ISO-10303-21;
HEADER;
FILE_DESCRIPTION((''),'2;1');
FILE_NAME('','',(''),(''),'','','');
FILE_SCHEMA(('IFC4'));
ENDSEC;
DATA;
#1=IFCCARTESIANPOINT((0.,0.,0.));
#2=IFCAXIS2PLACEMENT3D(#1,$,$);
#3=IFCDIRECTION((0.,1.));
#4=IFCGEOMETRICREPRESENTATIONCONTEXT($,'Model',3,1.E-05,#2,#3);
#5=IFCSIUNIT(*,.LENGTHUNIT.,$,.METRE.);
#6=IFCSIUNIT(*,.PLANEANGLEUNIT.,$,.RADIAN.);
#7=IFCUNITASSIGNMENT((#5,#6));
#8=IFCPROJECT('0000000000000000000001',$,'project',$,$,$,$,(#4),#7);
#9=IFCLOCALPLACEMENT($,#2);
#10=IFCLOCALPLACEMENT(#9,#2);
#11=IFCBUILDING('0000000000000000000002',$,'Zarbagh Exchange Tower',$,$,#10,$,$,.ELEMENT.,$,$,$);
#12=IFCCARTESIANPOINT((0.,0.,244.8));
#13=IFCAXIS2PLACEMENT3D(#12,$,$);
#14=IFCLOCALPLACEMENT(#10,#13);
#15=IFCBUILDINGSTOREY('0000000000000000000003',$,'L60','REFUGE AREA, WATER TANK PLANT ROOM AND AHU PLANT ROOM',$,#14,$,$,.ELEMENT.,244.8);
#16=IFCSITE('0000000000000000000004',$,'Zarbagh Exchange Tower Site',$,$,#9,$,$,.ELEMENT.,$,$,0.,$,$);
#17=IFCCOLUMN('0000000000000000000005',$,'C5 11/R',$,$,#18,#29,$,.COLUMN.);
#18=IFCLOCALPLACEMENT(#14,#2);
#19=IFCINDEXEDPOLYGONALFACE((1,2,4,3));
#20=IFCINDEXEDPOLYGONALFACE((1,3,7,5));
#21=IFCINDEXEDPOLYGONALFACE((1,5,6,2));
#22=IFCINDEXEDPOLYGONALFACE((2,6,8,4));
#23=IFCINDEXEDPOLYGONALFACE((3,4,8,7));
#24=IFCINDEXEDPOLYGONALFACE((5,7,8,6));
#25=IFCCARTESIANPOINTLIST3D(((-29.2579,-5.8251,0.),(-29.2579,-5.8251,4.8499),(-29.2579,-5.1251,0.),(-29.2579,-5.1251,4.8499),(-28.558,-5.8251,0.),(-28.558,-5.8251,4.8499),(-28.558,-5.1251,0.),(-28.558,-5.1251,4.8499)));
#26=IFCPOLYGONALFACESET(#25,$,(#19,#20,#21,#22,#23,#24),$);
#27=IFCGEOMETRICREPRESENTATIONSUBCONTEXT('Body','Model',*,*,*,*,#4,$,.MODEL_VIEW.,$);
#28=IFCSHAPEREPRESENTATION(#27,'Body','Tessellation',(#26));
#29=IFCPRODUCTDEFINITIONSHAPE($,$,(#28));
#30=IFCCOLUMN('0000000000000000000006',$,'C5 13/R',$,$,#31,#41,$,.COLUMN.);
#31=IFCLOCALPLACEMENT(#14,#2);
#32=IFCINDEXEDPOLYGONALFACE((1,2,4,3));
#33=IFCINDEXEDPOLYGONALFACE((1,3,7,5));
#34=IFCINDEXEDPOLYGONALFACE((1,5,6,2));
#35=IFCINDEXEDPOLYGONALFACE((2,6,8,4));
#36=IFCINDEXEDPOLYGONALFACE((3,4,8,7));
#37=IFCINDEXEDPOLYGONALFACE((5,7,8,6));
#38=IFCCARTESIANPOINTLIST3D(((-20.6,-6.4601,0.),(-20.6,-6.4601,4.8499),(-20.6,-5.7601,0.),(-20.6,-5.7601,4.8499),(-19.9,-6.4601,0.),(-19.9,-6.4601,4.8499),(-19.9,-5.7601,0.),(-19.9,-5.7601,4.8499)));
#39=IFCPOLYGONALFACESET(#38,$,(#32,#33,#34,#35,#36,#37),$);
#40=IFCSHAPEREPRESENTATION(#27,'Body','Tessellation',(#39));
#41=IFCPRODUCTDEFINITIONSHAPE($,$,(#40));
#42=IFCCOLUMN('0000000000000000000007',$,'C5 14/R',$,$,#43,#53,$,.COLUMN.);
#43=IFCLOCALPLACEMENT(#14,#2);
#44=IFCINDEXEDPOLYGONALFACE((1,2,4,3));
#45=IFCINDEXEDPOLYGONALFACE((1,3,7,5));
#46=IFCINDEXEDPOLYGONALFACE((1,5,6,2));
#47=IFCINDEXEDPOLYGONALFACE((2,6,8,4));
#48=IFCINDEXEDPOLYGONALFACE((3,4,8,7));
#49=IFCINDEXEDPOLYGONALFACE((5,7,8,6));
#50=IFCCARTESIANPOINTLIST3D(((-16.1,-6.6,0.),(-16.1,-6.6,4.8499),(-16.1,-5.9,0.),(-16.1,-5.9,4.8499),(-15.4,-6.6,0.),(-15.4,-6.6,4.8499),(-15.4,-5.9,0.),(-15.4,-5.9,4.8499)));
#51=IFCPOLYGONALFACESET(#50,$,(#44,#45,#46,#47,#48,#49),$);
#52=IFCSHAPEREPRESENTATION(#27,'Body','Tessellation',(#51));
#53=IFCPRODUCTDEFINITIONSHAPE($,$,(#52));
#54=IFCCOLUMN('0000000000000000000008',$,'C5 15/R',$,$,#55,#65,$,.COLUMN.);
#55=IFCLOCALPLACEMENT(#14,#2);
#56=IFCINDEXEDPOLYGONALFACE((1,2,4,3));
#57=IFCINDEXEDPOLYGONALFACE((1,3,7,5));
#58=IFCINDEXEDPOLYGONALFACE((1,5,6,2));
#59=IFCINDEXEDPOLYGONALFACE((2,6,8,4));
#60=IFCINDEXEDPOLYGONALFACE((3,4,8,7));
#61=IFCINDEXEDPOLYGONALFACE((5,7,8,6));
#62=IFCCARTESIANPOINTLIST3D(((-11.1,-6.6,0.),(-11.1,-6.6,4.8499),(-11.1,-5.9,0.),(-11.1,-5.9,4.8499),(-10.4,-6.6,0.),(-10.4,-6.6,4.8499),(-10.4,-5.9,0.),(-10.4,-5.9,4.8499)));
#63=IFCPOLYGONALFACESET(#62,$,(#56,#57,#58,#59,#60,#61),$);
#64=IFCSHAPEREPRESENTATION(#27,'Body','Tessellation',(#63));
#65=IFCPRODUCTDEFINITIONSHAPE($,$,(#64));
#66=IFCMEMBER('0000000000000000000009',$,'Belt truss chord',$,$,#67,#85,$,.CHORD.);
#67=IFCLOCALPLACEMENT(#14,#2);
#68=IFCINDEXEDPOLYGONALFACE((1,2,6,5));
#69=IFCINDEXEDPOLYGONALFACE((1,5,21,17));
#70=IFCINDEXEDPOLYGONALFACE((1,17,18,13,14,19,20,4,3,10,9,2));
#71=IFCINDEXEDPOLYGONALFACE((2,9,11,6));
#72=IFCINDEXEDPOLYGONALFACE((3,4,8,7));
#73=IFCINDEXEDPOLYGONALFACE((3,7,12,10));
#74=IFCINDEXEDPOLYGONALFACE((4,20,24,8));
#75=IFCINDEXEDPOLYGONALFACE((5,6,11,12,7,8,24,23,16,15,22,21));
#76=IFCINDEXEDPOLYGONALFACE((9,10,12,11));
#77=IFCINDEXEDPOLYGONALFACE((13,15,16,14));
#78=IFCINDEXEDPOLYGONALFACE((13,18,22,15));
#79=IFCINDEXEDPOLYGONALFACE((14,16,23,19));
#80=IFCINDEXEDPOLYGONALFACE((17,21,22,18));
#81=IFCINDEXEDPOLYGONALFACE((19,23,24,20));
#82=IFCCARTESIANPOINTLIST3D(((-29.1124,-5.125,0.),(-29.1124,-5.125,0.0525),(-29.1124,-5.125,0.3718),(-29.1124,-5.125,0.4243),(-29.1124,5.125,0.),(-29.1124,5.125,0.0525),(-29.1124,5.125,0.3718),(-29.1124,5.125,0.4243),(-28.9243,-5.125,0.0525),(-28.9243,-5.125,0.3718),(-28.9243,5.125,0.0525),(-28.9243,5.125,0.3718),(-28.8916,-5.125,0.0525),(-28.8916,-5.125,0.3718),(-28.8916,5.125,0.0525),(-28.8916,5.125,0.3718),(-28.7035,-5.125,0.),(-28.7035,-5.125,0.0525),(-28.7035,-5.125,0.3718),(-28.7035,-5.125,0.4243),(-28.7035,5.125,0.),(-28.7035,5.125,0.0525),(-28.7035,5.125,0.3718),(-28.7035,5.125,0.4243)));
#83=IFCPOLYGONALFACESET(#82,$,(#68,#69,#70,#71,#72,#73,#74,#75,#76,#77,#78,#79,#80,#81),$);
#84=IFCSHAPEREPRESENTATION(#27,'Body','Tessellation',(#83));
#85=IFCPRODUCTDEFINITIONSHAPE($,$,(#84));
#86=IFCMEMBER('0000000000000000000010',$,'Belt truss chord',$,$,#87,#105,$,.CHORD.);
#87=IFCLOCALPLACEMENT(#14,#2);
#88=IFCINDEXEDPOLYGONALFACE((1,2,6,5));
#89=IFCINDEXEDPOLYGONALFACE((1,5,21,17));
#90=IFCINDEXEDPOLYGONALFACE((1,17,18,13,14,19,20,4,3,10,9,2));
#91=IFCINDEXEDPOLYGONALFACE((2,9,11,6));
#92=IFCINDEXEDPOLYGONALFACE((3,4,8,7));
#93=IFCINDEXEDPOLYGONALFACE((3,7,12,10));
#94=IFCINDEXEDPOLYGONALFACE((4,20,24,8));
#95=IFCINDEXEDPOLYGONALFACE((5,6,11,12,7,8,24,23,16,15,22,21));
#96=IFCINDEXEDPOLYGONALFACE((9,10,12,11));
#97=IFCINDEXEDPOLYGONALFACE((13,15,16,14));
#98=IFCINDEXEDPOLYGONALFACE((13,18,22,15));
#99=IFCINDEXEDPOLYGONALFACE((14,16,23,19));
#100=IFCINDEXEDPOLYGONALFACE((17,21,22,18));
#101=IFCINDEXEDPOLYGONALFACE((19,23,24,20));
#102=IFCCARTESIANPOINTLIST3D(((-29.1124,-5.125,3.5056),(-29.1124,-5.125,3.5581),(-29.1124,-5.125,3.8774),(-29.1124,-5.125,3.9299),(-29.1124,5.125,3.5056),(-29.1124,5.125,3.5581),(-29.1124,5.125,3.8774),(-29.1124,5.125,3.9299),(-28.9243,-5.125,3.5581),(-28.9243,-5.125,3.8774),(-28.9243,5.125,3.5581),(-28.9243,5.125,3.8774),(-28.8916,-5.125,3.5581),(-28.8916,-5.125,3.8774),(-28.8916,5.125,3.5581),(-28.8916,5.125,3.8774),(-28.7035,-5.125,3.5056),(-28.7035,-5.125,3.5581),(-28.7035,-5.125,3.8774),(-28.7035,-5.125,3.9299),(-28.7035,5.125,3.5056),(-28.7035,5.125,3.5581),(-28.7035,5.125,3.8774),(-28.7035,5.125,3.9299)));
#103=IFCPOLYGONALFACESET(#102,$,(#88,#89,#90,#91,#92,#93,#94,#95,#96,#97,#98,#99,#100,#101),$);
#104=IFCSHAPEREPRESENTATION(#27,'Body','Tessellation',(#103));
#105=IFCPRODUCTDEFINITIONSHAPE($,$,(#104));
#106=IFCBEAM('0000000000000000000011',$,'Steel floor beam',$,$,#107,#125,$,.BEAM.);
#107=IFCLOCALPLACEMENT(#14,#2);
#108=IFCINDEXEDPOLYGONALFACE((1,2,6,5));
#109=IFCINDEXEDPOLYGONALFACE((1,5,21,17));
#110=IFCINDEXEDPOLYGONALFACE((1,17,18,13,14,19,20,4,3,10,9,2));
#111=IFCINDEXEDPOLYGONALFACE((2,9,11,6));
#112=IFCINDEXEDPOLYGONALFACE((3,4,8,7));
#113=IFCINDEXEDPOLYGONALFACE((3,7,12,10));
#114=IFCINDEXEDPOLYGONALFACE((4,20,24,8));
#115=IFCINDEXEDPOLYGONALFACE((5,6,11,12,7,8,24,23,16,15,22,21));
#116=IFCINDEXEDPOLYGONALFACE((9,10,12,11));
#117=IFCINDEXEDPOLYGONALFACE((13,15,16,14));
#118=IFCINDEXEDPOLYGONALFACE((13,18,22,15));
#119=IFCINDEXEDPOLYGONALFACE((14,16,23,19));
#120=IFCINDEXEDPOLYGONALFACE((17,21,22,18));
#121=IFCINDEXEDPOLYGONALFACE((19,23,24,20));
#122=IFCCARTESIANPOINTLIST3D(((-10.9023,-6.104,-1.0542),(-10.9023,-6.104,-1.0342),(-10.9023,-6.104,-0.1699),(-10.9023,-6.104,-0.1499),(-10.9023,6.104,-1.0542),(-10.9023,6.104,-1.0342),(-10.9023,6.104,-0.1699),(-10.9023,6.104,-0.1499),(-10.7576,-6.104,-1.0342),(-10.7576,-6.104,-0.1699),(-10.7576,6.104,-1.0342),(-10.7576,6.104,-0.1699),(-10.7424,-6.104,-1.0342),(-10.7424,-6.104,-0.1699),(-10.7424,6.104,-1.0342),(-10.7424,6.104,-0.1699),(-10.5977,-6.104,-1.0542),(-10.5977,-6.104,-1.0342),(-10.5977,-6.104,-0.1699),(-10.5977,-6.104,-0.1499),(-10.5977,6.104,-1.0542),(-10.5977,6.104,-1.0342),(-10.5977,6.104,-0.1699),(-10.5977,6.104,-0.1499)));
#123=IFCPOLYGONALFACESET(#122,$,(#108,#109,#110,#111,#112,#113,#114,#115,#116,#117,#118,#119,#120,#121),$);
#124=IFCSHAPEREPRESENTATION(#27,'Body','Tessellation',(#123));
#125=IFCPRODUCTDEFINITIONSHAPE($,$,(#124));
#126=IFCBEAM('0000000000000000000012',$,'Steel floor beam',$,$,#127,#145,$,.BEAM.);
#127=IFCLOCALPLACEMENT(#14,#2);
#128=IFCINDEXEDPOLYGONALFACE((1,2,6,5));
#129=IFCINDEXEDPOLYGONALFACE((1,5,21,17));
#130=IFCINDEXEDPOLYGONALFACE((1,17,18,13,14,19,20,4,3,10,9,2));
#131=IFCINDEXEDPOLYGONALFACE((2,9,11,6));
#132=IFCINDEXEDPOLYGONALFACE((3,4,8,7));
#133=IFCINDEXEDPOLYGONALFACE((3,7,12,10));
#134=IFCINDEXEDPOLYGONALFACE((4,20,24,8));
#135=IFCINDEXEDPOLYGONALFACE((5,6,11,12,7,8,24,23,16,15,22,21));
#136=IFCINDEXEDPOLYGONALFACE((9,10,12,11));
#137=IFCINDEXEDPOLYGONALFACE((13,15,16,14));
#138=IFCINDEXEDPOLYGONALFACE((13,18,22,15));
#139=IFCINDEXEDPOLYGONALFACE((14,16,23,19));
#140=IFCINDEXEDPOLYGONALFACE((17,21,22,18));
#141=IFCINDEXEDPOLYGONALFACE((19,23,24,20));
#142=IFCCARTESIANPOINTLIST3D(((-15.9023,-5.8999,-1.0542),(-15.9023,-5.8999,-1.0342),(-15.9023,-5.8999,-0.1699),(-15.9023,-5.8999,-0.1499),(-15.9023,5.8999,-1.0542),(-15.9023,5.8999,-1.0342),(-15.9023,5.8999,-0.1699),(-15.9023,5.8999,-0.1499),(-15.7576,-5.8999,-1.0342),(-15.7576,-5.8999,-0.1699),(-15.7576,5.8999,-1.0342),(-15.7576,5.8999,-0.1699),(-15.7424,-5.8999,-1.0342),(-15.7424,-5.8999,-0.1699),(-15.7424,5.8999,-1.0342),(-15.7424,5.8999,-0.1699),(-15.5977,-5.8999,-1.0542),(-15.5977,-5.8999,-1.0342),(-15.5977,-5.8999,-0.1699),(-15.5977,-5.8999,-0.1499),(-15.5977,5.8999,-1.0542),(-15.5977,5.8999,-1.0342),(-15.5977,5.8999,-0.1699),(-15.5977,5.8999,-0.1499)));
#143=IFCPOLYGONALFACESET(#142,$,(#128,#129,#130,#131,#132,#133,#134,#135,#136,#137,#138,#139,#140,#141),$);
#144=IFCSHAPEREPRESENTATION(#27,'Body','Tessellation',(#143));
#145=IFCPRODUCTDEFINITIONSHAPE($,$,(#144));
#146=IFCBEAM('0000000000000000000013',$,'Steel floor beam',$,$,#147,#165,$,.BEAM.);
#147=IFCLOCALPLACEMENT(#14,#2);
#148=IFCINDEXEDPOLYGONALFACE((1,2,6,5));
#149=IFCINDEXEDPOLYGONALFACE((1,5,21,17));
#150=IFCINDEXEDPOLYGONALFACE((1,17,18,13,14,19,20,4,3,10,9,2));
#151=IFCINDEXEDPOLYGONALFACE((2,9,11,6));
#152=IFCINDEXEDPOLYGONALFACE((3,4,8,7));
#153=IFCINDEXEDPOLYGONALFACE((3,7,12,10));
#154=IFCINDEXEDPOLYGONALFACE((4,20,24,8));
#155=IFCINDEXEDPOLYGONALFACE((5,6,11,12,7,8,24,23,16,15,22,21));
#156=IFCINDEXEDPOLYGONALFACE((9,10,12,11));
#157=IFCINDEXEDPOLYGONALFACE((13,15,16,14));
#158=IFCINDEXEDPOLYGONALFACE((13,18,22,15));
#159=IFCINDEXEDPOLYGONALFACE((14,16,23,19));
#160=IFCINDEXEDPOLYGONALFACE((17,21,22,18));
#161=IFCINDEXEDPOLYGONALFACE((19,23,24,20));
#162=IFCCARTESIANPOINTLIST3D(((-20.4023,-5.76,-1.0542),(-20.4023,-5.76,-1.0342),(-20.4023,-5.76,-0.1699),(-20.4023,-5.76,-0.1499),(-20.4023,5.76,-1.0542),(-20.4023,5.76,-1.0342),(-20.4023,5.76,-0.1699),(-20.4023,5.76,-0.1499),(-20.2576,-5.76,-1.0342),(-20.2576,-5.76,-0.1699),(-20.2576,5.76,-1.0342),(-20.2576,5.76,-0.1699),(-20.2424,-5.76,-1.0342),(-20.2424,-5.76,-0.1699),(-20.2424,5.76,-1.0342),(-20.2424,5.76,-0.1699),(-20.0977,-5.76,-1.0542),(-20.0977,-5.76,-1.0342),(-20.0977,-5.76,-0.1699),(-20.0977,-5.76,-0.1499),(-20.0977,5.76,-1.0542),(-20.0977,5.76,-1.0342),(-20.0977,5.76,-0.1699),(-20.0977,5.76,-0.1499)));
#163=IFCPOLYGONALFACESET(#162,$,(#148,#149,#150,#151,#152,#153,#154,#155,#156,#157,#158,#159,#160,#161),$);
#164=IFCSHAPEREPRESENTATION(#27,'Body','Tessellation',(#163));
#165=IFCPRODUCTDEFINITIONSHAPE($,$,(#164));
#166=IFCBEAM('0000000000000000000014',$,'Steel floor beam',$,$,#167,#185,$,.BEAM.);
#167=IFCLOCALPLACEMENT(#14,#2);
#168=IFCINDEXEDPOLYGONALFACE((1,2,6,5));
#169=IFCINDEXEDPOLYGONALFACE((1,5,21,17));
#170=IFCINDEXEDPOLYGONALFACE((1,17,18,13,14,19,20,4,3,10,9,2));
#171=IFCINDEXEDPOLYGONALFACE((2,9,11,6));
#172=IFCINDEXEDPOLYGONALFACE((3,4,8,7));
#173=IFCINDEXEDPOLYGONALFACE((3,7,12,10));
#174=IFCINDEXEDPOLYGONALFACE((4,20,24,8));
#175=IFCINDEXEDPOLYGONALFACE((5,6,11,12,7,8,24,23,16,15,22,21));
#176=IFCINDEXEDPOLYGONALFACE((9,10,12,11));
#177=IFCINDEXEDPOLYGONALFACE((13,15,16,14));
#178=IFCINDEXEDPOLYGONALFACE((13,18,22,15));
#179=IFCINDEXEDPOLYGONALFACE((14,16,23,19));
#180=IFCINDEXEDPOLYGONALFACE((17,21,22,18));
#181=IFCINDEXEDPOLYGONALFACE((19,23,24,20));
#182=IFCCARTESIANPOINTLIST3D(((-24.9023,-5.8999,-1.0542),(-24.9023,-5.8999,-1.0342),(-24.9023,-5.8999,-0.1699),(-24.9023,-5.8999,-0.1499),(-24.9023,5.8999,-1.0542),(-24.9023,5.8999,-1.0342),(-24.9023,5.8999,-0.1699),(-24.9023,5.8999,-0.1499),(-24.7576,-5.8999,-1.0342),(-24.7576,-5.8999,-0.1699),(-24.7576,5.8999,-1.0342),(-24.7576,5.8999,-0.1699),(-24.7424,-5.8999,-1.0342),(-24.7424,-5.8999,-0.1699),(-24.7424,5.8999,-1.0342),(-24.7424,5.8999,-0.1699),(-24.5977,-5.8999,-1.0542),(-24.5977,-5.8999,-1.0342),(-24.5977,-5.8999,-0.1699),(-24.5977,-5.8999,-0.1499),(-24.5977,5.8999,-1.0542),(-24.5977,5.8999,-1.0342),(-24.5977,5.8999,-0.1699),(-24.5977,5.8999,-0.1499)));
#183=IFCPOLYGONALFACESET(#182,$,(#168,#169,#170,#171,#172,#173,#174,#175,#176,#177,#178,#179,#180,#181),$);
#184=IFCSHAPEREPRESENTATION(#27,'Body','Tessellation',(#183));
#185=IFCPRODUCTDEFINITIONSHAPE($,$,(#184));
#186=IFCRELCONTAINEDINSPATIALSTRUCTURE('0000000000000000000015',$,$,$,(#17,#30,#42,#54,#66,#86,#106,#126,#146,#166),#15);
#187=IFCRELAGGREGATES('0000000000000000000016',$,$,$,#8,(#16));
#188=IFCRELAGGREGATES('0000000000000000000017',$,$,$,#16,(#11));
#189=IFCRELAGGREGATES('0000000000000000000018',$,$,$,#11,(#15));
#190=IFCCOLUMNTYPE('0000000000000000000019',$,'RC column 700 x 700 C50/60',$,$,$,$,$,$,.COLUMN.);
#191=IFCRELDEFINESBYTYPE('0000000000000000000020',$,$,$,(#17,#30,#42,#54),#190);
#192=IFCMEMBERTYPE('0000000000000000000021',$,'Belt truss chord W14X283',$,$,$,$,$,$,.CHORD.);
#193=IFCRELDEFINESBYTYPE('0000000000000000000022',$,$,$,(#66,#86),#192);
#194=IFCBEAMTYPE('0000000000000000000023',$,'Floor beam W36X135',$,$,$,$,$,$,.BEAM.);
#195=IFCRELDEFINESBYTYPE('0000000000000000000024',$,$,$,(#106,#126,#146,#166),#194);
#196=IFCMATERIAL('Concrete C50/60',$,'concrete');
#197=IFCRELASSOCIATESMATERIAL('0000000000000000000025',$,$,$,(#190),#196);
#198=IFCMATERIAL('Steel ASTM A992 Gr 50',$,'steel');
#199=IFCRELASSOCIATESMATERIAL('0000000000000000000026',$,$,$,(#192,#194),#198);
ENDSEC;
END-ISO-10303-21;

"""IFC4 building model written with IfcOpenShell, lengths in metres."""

from ifc_helpers import new_model, si_unit, direction, frame, origin, origin_2d, place, context, subcontext, project, spatial, rectangle, i_section, extrude, material, material_profile, profile_set, type_object, element, save


model = new_model("IFC4")

# Units and contexts
model_context = context("Model", 3, precision=1e-05, world=origin(), true_north=direction((0.0, 1.0)))
body_context = subcontext(model_context, "Body", "Model", "MODEL_VIEW")
ifc_project = project(units=[si_unit("LENGTHUNIT", "METRE"), si_unit("PLANEANGLEUNIT", "RADIAN")], contexts=[model_context])

# Site, building, storey
site_placement = place(None, origin())
site = spatial("IfcSite", under=ifc_project, at=site_placement, Name="Zarbagh Exchange Tower Site", CompositionType="ELEMENT", RefElevation=0.0)
building_placement = place(site_placement, origin())
building = spatial("IfcBuilding", under=site, at=building_placement, Name="Zarbagh Exchange Tower", CompositionType="ELEMENT")
storey_placement = place(building_placement, frame((0.0, 0.0, 244.8)))
storey = spatial("IfcBuildingStorey", under=building, at=storey_placement, Name="L60", Description="REFUGE AREA, WATER TANK PLANT ROOM AND AHU PLANT ROOM", CompositionType="ELEMENT", Elevation=244.8)

# Columns
ifc_material_1 = material(Name="Concrete C50/60", Category="concrete")
ifc_material_profile_1 = material_profile(ifc_material_1, rectangle(XDim=0.7, YDim=0.7, at=origin_2d()), Name="RC column 700 x 700 C50/60")
ifc_profile_set_1 = profile_set([ifc_material_profile_1], Name="Concrete C50/60")
column_type = type_object("IfcColumnType", Name="RC column 700 x 700 C50/60", PredefinedType="COLUMN", material=ifc_profile_set_1)
for number, where, z_axis, x_axis, name in (
    (1, (-28.908, -5.4751, 0.0), (0.0, 0.0, 1.0), (1.0, 0.0, 0.0), "C5 11/R"),
    (2, (-20.25, -6.1101, 0.0), (0.0, 0.0, 1.0), (1.0, 0.0, 0.0), "C5 13/R"),
    (3, (-15.75, -6.25, 0.0), (0.0, 0.0, 1.0), (1.0, 0.0, 0.0), "C5 14/R"),
    (4, (-10.75, -6.25, 0.0), (0.0, 0.0, 1.0), (1.0, 0.0, 0.0), "C5 15/R"),
):
    element("IfcColumn", number, at=place(storey_placement, frame(where, z_axis=z_axis, x_axis=x_axis)), inside=storey, type_object=column_type, Name=name, PredefinedType="COLUMN", context=body_context, shape_type="SweptSolid", body=[
        extrude(rectangle(XDim=0.7, YDim=0.7, at=origin_2d()), origin(), (0.0, 0.0, 1.0), 4.8499),
    ])

# Members
ifc_material_2 = material(Name="Steel ASTM A992 Gr 50", Category="steel")
ifc_material_profile_2 = material_profile(ifc_material_2, i_section(OverallWidth=0.4089, OverallDepth=0.4243, WebThickness=0.0327, FlangeThickness=0.0525, at=origin_2d()), Name="W14X283")
ifc_profile_set_2 = profile_set([ifc_material_profile_2], Name="Steel ASTM A992 Gr 50")
member_type_1 = type_object("IfcMemberType", Name="Belt truss chord W14X283", PredefinedType="CHORD", material=ifc_profile_set_2)
for number, where, z_axis, x_axis, name in (
    (5, (-28.908, -5.125, 0.2122), (0.0, 1.0, 0.0), (-1.0, 0.0, 0.0), "Belt truss chord"),
    (6, (-28.908, -5.125, 3.7178), (0.0, 1.0, 0.0), (-1.0, 0.0, 0.0), "Belt truss chord"),
):
    element("IfcMember", number, at=place(storey_placement, frame(where, z_axis=z_axis, x_axis=x_axis)), inside=storey, type_object=member_type_1, Name=name, PredefinedType="CHORD", context=body_context, shape_type="SweptSolid", body=[
        extrude(i_section(OverallWidth=0.4089, OverallDepth=0.4243, WebThickness=0.0327, FlangeThickness=0.0525, at=origin_2d()), origin(), (0.0, 0.0, 1.0), 10.25),
    ])

# Beams
ifc_material_profile_3 = material_profile(ifc_material_2, i_section(OverallWidth=0.3047, OverallDepth=0.9043, WebThickness=0.0151, FlangeThickness=0.02, at=origin_2d()), Name="W36X135")
ifc_profile_set_3 = profile_set([ifc_material_profile_3], Name="Steel ASTM A992 Gr 50")
beam_type_1 = type_object("IfcBeamType", Name="Floor beam W36X135", PredefinedType="BEAM", material=ifc_profile_set_3)
beam_1_placement = place(storey_placement, frame((-10.75, -6.104, -0.6021), z_axis=(0.0, 1.0, 0.0), x_axis=(-1.0, 0.0, 0.0)))
element("IfcBeam", 7, at=beam_1_placement, inside=storey, type_object=beam_type_1, Name="Steel floor beam", PredefinedType="BEAM", context=body_context, shape_type="SweptSolid", body=[
    extrude(i_section(OverallWidth=0.3047, OverallDepth=0.9043, WebThickness=0.0151, FlangeThickness=0.02, at=origin_2d()), origin(), (0.0, 0.0, 1.0), 12.208),
])
beam_2_placement = place(storey_placement, frame((-15.75, -5.8999, -0.6021), z_axis=(0.0, 1.0, 0.0), x_axis=(-1.0, 0.0, 0.0)))
element("IfcBeam", 8, at=beam_2_placement, inside=storey, type_object=beam_type_1, Name="Steel floor beam", PredefinedType="BEAM", context=body_context, shape_type="SweptSolid", body=[
    extrude(i_section(OverallWidth=0.3047, OverallDepth=0.9043, WebThickness=0.0151, FlangeThickness=0.02, at=origin_2d()), origin(), (0.0, 0.0, 1.0), 11.7998),
])
beam_3_placement = place(storey_placement, frame((-20.25, -5.76, -0.6021), z_axis=(0.0, 1.0, 0.0), x_axis=(-1.0, 0.0, 0.0)))
element("IfcBeam", 9, at=beam_3_placement, inside=storey, type_object=beam_type_1, Name="Steel floor beam", PredefinedType="BEAM", context=body_context, shape_type="SweptSolid", body=[
    extrude(i_section(OverallWidth=0.3047, OverallDepth=0.9043, WebThickness=0.0151, FlangeThickness=0.02, at=origin_2d()), origin(), (0.0, 0.0, 1.0), 11.52),
])
beam_4_placement = place(storey_placement, frame((-24.75, -5.8999, -0.6021), z_axis=(0.0, 1.0, 0.0), x_axis=(-1.0, 0.0, 0.0)))
element("IfcBeam", 10, at=beam_4_placement, inside=storey, type_object=beam_type_1, Name="Steel floor beam", PredefinedType="BEAM", context=body_context, shape_type="SweptSolid", body=[
    extrude(i_section(OverallWidth=0.3047, OverallDepth=0.9043, WebThickness=0.0151, FlangeThickness=0.02, at=origin_2d()), origin(), (0.0, 0.0, 1.0), 11.7998),
])

save(model, "model.ifc")
